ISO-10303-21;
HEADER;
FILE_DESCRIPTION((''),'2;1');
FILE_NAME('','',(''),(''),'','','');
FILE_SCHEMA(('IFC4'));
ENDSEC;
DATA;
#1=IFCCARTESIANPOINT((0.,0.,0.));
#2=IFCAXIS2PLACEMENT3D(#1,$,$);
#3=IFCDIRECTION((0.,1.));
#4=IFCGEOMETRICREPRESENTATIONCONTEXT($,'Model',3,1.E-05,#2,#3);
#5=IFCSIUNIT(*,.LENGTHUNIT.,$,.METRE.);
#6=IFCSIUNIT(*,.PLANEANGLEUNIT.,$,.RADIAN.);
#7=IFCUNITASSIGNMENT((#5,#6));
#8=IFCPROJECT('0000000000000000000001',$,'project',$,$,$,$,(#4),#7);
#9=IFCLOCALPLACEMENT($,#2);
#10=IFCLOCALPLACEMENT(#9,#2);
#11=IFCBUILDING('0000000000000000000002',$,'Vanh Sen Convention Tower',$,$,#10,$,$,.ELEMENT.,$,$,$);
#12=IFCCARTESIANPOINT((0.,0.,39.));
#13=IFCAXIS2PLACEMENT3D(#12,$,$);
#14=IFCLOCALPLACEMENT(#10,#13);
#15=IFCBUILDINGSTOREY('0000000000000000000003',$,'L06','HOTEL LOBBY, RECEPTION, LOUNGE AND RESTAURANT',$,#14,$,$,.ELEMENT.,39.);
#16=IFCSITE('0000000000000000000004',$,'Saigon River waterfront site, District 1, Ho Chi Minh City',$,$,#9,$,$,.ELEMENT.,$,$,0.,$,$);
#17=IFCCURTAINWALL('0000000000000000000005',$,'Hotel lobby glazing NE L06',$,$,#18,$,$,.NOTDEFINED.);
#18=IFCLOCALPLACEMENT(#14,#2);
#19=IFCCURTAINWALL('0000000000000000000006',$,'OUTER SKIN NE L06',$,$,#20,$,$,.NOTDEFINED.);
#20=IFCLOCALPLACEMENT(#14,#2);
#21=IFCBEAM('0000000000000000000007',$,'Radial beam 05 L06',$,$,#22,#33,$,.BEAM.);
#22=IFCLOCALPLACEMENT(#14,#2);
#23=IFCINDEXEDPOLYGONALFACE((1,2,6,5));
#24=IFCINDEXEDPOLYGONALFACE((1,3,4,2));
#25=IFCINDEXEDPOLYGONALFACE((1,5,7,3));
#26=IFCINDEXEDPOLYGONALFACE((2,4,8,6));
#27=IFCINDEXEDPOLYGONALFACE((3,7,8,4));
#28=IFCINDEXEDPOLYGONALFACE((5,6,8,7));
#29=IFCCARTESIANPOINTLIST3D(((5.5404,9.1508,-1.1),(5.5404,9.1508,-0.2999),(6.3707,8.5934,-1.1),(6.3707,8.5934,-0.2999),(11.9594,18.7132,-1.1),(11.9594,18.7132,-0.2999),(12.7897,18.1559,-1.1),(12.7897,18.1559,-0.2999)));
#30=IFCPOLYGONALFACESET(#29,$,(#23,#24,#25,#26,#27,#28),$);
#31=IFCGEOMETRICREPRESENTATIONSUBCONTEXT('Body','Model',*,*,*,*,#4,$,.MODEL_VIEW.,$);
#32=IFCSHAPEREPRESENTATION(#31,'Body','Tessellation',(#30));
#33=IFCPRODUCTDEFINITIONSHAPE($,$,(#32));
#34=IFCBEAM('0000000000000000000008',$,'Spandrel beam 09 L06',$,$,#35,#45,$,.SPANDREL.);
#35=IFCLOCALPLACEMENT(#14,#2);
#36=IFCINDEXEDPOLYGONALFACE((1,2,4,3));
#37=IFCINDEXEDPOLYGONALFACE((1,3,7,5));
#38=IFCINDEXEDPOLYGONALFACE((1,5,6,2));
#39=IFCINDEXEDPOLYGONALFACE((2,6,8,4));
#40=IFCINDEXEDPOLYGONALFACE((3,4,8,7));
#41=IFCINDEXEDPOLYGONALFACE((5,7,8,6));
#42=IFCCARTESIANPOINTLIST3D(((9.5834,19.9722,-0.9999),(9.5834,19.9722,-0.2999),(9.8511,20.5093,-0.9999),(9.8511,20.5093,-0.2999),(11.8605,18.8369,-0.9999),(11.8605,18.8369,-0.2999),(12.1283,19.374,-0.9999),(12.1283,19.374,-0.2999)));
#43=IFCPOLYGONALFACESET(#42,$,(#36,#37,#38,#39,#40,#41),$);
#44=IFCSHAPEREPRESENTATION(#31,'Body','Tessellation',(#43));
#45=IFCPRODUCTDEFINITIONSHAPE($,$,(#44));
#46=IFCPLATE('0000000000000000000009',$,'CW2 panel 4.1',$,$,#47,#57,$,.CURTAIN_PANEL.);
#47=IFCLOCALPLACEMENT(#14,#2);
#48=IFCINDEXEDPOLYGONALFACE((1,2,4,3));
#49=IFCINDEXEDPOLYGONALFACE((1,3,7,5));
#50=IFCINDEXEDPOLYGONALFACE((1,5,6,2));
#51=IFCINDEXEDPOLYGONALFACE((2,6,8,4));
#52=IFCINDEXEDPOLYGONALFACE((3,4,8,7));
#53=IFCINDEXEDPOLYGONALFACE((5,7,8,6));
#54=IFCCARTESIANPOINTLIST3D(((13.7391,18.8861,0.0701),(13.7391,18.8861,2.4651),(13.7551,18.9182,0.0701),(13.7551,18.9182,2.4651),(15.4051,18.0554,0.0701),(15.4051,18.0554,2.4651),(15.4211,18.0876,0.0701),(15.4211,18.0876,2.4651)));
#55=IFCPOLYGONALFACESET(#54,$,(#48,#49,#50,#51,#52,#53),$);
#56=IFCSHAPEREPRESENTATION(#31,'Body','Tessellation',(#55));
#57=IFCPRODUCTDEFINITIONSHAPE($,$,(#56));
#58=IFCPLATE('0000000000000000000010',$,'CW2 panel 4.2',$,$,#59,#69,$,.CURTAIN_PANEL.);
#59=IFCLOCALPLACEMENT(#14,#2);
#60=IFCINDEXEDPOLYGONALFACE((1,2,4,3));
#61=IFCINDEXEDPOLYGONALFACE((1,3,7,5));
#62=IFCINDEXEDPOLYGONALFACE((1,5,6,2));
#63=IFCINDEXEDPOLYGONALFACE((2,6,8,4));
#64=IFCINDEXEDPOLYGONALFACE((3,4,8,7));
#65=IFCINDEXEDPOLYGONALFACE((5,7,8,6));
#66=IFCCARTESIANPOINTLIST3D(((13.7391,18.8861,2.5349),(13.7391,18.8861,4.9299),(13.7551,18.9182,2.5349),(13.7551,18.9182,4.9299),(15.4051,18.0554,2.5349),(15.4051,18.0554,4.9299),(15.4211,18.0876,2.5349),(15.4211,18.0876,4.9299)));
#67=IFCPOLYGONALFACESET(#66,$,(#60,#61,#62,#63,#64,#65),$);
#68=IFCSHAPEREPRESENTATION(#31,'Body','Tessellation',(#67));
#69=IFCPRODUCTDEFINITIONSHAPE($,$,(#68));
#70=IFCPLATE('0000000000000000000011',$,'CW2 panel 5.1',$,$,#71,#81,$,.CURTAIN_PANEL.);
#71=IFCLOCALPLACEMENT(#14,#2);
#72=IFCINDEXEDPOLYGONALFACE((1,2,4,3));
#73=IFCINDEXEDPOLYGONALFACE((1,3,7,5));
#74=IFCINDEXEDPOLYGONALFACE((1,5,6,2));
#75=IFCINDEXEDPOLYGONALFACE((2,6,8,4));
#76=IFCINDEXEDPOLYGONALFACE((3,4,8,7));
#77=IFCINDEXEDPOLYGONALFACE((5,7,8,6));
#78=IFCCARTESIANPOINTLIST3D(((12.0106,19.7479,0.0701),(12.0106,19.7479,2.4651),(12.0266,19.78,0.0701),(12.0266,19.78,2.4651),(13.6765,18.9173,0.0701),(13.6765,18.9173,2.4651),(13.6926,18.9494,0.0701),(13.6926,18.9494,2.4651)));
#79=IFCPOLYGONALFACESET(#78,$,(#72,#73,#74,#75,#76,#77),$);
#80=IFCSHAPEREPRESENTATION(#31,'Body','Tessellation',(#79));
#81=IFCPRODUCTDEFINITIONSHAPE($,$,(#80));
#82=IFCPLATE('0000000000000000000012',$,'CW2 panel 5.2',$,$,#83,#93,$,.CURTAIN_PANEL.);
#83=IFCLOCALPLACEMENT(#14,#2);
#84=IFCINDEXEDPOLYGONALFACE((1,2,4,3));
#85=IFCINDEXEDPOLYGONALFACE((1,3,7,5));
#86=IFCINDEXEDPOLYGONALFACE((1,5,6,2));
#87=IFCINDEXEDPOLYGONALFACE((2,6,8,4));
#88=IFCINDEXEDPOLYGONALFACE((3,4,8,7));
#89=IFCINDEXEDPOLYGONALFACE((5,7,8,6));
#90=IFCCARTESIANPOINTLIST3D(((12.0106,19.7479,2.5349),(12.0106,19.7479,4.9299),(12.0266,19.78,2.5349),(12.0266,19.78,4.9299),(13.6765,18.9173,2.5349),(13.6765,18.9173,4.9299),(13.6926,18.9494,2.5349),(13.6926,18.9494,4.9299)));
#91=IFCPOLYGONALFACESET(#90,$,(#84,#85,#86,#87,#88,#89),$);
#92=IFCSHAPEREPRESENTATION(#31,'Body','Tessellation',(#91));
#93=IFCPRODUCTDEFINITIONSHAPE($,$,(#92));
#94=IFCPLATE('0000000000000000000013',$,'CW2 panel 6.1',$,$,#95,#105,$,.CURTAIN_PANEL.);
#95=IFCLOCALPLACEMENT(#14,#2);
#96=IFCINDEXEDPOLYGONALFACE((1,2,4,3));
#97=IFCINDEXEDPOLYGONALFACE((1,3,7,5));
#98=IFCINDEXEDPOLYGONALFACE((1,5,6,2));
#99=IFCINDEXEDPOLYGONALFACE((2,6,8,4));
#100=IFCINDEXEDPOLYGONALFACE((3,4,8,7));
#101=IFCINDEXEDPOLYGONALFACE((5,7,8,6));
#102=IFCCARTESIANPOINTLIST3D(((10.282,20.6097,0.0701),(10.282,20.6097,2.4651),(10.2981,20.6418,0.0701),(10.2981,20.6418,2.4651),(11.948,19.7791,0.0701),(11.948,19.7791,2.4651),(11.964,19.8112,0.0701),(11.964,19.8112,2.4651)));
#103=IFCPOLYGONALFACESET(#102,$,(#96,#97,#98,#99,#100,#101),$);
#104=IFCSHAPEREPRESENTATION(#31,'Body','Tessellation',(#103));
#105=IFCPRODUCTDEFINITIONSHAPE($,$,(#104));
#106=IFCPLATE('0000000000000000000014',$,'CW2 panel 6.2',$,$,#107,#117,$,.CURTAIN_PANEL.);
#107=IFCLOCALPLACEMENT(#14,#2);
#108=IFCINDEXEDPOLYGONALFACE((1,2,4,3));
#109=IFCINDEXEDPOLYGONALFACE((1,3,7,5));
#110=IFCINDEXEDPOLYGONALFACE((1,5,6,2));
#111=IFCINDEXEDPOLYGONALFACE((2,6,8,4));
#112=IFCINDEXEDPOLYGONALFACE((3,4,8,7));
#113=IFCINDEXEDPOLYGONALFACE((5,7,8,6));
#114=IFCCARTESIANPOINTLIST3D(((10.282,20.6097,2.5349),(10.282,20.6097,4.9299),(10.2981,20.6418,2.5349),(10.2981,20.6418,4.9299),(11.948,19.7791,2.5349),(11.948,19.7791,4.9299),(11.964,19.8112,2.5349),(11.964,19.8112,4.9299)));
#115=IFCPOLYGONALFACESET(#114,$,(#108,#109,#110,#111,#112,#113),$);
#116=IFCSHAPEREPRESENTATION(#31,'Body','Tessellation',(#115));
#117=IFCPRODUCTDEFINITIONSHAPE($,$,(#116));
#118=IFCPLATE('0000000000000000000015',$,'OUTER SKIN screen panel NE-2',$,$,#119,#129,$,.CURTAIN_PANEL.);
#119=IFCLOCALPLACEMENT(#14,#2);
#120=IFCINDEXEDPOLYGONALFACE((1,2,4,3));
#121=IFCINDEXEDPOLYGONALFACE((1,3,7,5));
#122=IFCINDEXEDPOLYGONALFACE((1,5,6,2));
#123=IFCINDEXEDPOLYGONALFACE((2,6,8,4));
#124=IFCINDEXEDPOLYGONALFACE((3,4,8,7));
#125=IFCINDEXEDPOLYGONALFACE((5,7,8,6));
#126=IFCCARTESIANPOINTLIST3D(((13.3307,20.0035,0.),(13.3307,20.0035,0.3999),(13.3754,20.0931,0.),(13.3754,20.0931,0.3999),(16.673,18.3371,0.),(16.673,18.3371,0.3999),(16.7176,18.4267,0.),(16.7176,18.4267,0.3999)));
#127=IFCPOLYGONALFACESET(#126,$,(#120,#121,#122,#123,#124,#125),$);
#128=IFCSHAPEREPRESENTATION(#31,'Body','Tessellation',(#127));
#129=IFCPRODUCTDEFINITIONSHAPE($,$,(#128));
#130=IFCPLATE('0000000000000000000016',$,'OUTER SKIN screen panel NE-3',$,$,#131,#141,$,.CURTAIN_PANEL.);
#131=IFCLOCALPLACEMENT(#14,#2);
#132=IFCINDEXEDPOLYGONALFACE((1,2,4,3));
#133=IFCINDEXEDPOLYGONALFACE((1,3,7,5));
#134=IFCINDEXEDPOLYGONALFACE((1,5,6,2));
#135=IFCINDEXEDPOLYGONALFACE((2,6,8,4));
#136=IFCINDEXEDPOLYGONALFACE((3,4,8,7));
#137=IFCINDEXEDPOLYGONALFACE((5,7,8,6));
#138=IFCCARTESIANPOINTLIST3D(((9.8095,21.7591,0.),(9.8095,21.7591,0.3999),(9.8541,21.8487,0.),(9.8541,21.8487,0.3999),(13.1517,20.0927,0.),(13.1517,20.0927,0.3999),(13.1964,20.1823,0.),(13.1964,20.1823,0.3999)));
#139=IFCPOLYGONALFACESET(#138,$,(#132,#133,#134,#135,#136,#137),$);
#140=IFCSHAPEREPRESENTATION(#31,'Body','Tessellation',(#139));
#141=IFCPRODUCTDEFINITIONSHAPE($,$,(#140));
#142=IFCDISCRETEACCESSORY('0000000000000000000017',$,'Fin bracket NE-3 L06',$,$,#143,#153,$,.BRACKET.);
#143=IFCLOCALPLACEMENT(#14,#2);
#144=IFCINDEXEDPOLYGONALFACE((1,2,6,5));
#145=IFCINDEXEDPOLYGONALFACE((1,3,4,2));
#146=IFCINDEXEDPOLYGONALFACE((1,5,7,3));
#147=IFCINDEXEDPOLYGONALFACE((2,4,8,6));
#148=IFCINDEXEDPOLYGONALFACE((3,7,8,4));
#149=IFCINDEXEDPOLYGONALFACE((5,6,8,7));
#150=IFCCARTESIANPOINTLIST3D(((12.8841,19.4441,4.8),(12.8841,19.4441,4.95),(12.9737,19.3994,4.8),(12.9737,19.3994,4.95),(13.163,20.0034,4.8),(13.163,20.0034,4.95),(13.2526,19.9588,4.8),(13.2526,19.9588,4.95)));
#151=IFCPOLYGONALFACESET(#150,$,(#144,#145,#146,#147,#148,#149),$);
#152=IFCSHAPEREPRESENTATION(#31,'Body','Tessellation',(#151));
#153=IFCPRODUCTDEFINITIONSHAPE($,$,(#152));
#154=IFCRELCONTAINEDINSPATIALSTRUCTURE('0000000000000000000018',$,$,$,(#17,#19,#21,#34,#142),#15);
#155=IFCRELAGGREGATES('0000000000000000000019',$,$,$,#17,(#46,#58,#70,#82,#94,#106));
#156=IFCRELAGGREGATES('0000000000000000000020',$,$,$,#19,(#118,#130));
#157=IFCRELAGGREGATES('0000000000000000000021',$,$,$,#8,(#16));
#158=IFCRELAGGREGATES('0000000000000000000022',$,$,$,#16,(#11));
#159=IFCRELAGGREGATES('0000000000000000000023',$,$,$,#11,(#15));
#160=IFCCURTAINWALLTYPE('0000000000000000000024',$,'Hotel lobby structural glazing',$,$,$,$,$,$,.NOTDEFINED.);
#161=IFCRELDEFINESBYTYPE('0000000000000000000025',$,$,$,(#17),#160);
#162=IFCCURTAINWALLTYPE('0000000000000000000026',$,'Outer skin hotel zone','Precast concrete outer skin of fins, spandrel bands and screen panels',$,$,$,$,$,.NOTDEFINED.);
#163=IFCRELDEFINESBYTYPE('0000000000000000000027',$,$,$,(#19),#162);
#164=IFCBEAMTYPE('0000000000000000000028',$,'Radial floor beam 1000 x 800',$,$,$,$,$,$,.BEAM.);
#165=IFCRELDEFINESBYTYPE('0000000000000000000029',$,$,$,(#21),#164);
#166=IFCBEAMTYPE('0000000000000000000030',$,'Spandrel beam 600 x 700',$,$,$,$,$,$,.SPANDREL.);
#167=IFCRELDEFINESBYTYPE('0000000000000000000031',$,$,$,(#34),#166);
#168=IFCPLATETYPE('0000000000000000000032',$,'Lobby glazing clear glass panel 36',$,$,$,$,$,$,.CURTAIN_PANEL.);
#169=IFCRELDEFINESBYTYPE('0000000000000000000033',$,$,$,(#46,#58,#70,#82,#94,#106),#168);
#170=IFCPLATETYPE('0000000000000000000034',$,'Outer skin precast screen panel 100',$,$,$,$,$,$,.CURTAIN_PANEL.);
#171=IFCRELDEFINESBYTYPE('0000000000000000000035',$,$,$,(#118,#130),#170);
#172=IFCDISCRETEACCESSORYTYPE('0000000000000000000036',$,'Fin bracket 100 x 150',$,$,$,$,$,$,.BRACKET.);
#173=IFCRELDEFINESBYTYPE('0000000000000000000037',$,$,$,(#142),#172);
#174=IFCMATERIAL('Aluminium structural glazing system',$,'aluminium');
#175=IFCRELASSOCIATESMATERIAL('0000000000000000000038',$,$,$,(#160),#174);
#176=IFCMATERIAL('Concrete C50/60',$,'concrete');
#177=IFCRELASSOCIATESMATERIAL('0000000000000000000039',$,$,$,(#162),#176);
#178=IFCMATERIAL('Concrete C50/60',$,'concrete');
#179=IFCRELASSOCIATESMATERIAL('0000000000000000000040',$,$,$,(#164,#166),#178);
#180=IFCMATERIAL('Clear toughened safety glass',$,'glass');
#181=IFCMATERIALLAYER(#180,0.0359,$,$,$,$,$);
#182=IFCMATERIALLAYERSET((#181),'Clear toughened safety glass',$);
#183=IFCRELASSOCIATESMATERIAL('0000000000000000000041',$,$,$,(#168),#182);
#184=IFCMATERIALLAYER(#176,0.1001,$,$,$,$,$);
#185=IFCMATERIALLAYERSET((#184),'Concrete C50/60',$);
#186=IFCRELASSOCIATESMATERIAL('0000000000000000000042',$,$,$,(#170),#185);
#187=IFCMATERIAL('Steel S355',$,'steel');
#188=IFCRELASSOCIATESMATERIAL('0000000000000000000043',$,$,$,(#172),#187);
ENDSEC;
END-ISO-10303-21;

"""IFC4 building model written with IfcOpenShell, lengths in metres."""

from ifc_helpers import new_model, si_unit, direction, frame, origin, origin_2d, place, context, subcontext, project, spatial, rectangle, extrude, material, layer, layer_set, material_profile, profile_set, type_object, element, aggregate, save


model = new_model("IFC4")

# Units and contexts
model_context = context("Model", 3, precision=1e-05, world=origin(), true_north=direction((0.0, 1.0)))
body_context = subcontext(model_context, "Body", "Model", "MODEL_VIEW")
ifc_project = project(units=[si_unit("LENGTHUNIT", "METRE"), si_unit("PLANEANGLEUNIT", "RADIAN")], contexts=[model_context])

# Site, building, storey
site_placement = place(None, origin())
site = spatial("IfcSite", under=ifc_project, at=site_placement, Name="Saigon River waterfront site, District 1, Ho Chi Minh City", CompositionType="ELEMENT", RefElevation=0.0)
building_placement = place(site_placement, origin())
building = spatial("IfcBuilding", under=site, at=building_placement, Name="Vanh Sen Convention Tower", CompositionType="ELEMENT")
storey_placement = place(building_placement, frame((0.0, 0.0, 39.0)))
storey = spatial("IfcBuildingStorey", under=building, at=storey_placement, Name="L06", Description="HOTEL LOBBY, RECEPTION, LOUNGE AND RESTAURANT", CompositionType="ELEMENT", Elevation=39.0)

# Curtain wall
ifc_material_1 = material(Name="Aluminium structural glazing system", Category="aluminium")
curtain_wall_type_1 = type_object("IfcCurtainWallType", Name="Hotel lobby structural glazing", PredefinedType="NOTDEFINED", material=ifc_material_1)
curtain_wall_1_placement = place(storey_placement, origin())
curtain_wall_1 = element("IfcCurtainWall", 1, at=curtain_wall_1_placement, inside=storey, type_object=curtain_wall_type_1, Name="Hotel lobby glazing NE L06", PredefinedType="NOTDEFINED")

# Curtain wall
ifc_material_2 = material(Name="Concrete C50/60", Category="concrete")
curtain_wall_type_2 = type_object("IfcCurtainWallType", Name="Outer skin hotel zone", Description="Precast concrete outer skin of fins, spandrel bands and screen panels", PredefinedType="NOTDEFINED", material=ifc_material_2)
curtain_wall_2_placement = place(storey_placement, origin())
curtain_wall_2 = element("IfcCurtainWall", 2, at=curtain_wall_2_placement, inside=storey, type_object=curtain_wall_type_2, Name="OUTER SKIN NE L06", PredefinedType="NOTDEFINED")

# Beams
ifc_material_3 = material(Name="Concrete C50/60", Category="concrete")
ifc_material_profile_1 = material_profile(ifc_material_3, rectangle(XDim=1.0, YDim=0.8, at=origin_2d()), Name="RC 1000X800")
ifc_profile_set_1 = profile_set([ifc_material_profile_1], Name="Concrete C50/60")
beam_type_1 = type_object("IfcBeamType", Name="Radial floor beam 1000 x 800", PredefinedType="BEAM", material=ifc_profile_set_1)
beam_1_placement = place(storey_placement, frame((12.3745, 18.4346, -0.7), z_axis=(-0.557339, -0.830285, 0.0), x_axis=(0.830285, -0.557339, 0.0)))
element("IfcBeam", 3, at=beam_1_placement, inside=storey, type_object=beam_type_1, Name="Radial beam 05 L06", PredefinedType="BEAM", context=body_context, shape_type="SweptSolid", body=[
    extrude(rectangle(XDim=1.0, YDim=0.8, at=origin_2d()), origin(), (0.0, 0.0, 1.0), 11.5171),
])
ifc_material_profile_2 = material_profile(ifc_material_3, rectangle(XDim=0.6001, YDim=0.7, at=origin_2d()), Name="RC 600X700")
ifc_profile_set_2 = profile_set([ifc_material_profile_2], Name="Concrete C50/60")
beam_type_2 = type_object("IfcBeamType", Name="Spandrel beam 600 x 700", PredefinedType="SPANDREL", material=ifc_profile_set_2)
beam_2_placement = place(storey_placement, frame((11.9944, 19.1055, -0.6499), z_axis=(-0.894945, 0.446177, 0.0), x_axis=(-0.446177, -0.894945, 0.0)))
element("IfcBeam", 4, at=beam_2_placement, inside=storey, type_object=beam_type_2, Name="Spandrel beam 09 L06", PredefinedType="SPANDREL", context=body_context, shape_type="SweptSolid", body=[
    extrude(rectangle(XDim=0.6001, YDim=0.7, at=origin_2d()), origin(), (0.0, 0.0, 1.0), 2.5444),
])

# Plates
ifc_material_4 = material(Name="Clear toughened safety glass", Category="glass")
ifc_layer_1 = layer(ifc_material_4, 0.0359)
ifc_layer_set_1 = layer_set([ifc_layer_1], Name="Clear toughened safety glass")
plate_type_1 = type_object("IfcPlateType", Name="Lobby glazing clear glass panel 36", PredefinedType="CURTAIN_PANEL", material=ifc_layer_set_1)
plate_1_placement = place(storey_placement, frame((14.5801, 18.4868, 0.0701), z_axis=(0.0, 0.0, 1.0), x_axis=(-0.894934, 0.446199, 0.0)))
plate_1 = element("IfcPlate", 5, at=plate_1_placement, type_object=plate_type_1, Name="CW2 panel 4.1", PredefinedType="CURTAIN_PANEL", context=body_context, shape_type="SweptSolid", body=[
    extrude(rectangle(XDim=1.8616, YDim=0.0359, at=origin_2d()), origin(), (0.0, 0.0, 1.0), 2.395),
])
plate_2_placement = place(storey_placement, frame((14.5801, 18.4868, 2.5349), z_axis=(0.0, 0.0, 1.0), x_axis=(-0.894934, 0.446199, 0.0)))
plate_2 = element("IfcPlate", 6, at=plate_2_placement, type_object=plate_type_1, Name="CW2 panel 4.2", PredefinedType="CURTAIN_PANEL", context=body_context, shape_type="SweptSolid", body=[
    extrude(rectangle(XDim=1.8616, YDim=0.0359, at=origin_2d()), origin(), (0.0, 0.0, 1.0), 2.395),
])
plate_3_placement = place(storey_placement, frame((12.8516, 19.3486, 0.0701), z_axis=(0.0, 0.0, 1.0), x_axis=(-0.894934, 0.446199, 0.0)))
plate_3 = element("IfcPlate", 7, at=plate_3_placement, type_object=plate_type_1, Name="CW2 panel 5.1", PredefinedType="CURTAIN_PANEL", context=body_context, shape_type="SweptSolid", body=[
    extrude(rectangle(XDim=1.8616, YDim=0.0359, at=origin_2d()), origin(), (0.0, 0.0, 1.0), 2.395),
])
plate_4_placement = place(storey_placement, frame((12.8516, 19.3486, 2.5349), z_axis=(0.0, 0.0, 1.0), x_axis=(-0.894934, 0.446199, 0.0)))
plate_4 = element("IfcPlate", 8, at=plate_4_placement, type_object=plate_type_1, Name="CW2 panel 5.2", PredefinedType="CURTAIN_PANEL", context=body_context, shape_type="SweptSolid", body=[
    extrude(rectangle(XDim=1.8616, YDim=0.0359, at=origin_2d()), origin(), (0.0, 0.0, 1.0), 2.395),
])
plate_5_placement = place(storey_placement, frame((11.123, 20.2104, 0.0701), z_axis=(0.0, 0.0, 1.0), x_axis=(-0.894934, 0.446199, 0.0)))
plate_5 = element("IfcPlate", 9, at=plate_5_placement, type_object=plate_type_1, Name="CW2 panel 6.1", PredefinedType="CURTAIN_PANEL", context=body_context, shape_type="SweptSolid", body=[
    extrude(rectangle(XDim=1.8616, YDim=0.0359, at=origin_2d()), origin(), (0.0, 0.0, 1.0), 2.395),
])
plate_6_placement = place(storey_placement, frame((11.123, 20.2104, 2.5349), z_axis=(0.0, 0.0, 1.0), x_axis=(-0.894934, 0.446199, 0.0)))
plate_6 = element("IfcPlate", 10, at=plate_6_placement, type_object=plate_type_1, Name="CW2 panel 6.2", PredefinedType="CURTAIN_PANEL", context=body_context, shape_type="SweptSolid", body=[
    extrude(rectangle(XDim=1.8616, YDim=0.0359, at=origin_2d()), origin(), (0.0, 0.0, 1.0), 2.395),
])
aggregate(curtain_wall_1, [plate_1, plate_2, plate_3, plate_4, plate_5, plate_6])
ifc_layer_2 = layer(ifc_material_2, 0.1001)
ifc_layer_set_2 = layer_set([ifc_layer_2], Name="Concrete C50/60")
plate_type_2 = type_object("IfcPlateType", Name="Outer skin precast screen panel 100", PredefinedType="CURTAIN_PANEL", material=ifc_layer_set_2)
plate_7_placement = place(storey_placement, frame((15.0242, 19.2151, 0.0), z_axis=(0.0, 0.0, 1.0), x_axis=(-0.894935, 0.446196, 0.0)))
plate_7 = element("IfcPlate", 11, at=plate_7_placement, type_object=plate_type_2, Name="OUTER SKIN screen panel NE-2", PredefinedType="CURTAIN_PANEL", context=body_context, shape_type="SweptSolid", body=[
    extrude(rectangle(XDim=3.7346, YDim=0.1001, at=origin_2d()), origin(), (0.0, 0.0, 1.0), 0.3999),
])
plate_8_placement = place(storey_placement, frame((11.5029, 20.9707, 0.0), z_axis=(0.0, 0.0, 1.0), x_axis=(-0.894935, 0.446196, 0.0)))
plate_8 = element("IfcPlate", 12, at=plate_8_placement, type_object=plate_type_2, Name="OUTER SKIN screen panel NE-3", PredefinedType="CURTAIN_PANEL", context=body_context, shape_type="SweptSolid", body=[
    extrude(rectangle(XDim=3.7346, YDim=0.1001, at=origin_2d()), origin(), (0.0, 0.0, 1.0), 0.3999),
])
aggregate(curtain_wall_2, [plate_7, plate_8])

# Discrete accessory
ifc_material_5 = material(Name="Steel S355", Category="steel")
discrete_accessory_type = type_object("IfcDiscreteAccessoryType", Name="Fin bracket 100 x 150", PredefinedType="BRACKET", material=ifc_material_5)
discrete_accessory_placement = place(storey_placement, frame((13.0684, 19.7014, 4.8), z_axis=(0.0, 0.0, 1.0), x_axis=(0.446198, 0.894934, 0.0)))
element("IfcDiscreteAccessory", 13, at=discrete_accessory_placement, inside=storey, type_object=discrete_accessory_type, Name="Fin bracket NE-3 L06", PredefinedType="BRACKET", context=body_context, shape_type="SweptSolid", body=[
    extrude(rectangle(XDim=0.625, YDim=0.1001, at=origin_2d()), origin(), (0.0, 0.0, 1.0), 0.1499),
])

save(model, "model.ifc")
